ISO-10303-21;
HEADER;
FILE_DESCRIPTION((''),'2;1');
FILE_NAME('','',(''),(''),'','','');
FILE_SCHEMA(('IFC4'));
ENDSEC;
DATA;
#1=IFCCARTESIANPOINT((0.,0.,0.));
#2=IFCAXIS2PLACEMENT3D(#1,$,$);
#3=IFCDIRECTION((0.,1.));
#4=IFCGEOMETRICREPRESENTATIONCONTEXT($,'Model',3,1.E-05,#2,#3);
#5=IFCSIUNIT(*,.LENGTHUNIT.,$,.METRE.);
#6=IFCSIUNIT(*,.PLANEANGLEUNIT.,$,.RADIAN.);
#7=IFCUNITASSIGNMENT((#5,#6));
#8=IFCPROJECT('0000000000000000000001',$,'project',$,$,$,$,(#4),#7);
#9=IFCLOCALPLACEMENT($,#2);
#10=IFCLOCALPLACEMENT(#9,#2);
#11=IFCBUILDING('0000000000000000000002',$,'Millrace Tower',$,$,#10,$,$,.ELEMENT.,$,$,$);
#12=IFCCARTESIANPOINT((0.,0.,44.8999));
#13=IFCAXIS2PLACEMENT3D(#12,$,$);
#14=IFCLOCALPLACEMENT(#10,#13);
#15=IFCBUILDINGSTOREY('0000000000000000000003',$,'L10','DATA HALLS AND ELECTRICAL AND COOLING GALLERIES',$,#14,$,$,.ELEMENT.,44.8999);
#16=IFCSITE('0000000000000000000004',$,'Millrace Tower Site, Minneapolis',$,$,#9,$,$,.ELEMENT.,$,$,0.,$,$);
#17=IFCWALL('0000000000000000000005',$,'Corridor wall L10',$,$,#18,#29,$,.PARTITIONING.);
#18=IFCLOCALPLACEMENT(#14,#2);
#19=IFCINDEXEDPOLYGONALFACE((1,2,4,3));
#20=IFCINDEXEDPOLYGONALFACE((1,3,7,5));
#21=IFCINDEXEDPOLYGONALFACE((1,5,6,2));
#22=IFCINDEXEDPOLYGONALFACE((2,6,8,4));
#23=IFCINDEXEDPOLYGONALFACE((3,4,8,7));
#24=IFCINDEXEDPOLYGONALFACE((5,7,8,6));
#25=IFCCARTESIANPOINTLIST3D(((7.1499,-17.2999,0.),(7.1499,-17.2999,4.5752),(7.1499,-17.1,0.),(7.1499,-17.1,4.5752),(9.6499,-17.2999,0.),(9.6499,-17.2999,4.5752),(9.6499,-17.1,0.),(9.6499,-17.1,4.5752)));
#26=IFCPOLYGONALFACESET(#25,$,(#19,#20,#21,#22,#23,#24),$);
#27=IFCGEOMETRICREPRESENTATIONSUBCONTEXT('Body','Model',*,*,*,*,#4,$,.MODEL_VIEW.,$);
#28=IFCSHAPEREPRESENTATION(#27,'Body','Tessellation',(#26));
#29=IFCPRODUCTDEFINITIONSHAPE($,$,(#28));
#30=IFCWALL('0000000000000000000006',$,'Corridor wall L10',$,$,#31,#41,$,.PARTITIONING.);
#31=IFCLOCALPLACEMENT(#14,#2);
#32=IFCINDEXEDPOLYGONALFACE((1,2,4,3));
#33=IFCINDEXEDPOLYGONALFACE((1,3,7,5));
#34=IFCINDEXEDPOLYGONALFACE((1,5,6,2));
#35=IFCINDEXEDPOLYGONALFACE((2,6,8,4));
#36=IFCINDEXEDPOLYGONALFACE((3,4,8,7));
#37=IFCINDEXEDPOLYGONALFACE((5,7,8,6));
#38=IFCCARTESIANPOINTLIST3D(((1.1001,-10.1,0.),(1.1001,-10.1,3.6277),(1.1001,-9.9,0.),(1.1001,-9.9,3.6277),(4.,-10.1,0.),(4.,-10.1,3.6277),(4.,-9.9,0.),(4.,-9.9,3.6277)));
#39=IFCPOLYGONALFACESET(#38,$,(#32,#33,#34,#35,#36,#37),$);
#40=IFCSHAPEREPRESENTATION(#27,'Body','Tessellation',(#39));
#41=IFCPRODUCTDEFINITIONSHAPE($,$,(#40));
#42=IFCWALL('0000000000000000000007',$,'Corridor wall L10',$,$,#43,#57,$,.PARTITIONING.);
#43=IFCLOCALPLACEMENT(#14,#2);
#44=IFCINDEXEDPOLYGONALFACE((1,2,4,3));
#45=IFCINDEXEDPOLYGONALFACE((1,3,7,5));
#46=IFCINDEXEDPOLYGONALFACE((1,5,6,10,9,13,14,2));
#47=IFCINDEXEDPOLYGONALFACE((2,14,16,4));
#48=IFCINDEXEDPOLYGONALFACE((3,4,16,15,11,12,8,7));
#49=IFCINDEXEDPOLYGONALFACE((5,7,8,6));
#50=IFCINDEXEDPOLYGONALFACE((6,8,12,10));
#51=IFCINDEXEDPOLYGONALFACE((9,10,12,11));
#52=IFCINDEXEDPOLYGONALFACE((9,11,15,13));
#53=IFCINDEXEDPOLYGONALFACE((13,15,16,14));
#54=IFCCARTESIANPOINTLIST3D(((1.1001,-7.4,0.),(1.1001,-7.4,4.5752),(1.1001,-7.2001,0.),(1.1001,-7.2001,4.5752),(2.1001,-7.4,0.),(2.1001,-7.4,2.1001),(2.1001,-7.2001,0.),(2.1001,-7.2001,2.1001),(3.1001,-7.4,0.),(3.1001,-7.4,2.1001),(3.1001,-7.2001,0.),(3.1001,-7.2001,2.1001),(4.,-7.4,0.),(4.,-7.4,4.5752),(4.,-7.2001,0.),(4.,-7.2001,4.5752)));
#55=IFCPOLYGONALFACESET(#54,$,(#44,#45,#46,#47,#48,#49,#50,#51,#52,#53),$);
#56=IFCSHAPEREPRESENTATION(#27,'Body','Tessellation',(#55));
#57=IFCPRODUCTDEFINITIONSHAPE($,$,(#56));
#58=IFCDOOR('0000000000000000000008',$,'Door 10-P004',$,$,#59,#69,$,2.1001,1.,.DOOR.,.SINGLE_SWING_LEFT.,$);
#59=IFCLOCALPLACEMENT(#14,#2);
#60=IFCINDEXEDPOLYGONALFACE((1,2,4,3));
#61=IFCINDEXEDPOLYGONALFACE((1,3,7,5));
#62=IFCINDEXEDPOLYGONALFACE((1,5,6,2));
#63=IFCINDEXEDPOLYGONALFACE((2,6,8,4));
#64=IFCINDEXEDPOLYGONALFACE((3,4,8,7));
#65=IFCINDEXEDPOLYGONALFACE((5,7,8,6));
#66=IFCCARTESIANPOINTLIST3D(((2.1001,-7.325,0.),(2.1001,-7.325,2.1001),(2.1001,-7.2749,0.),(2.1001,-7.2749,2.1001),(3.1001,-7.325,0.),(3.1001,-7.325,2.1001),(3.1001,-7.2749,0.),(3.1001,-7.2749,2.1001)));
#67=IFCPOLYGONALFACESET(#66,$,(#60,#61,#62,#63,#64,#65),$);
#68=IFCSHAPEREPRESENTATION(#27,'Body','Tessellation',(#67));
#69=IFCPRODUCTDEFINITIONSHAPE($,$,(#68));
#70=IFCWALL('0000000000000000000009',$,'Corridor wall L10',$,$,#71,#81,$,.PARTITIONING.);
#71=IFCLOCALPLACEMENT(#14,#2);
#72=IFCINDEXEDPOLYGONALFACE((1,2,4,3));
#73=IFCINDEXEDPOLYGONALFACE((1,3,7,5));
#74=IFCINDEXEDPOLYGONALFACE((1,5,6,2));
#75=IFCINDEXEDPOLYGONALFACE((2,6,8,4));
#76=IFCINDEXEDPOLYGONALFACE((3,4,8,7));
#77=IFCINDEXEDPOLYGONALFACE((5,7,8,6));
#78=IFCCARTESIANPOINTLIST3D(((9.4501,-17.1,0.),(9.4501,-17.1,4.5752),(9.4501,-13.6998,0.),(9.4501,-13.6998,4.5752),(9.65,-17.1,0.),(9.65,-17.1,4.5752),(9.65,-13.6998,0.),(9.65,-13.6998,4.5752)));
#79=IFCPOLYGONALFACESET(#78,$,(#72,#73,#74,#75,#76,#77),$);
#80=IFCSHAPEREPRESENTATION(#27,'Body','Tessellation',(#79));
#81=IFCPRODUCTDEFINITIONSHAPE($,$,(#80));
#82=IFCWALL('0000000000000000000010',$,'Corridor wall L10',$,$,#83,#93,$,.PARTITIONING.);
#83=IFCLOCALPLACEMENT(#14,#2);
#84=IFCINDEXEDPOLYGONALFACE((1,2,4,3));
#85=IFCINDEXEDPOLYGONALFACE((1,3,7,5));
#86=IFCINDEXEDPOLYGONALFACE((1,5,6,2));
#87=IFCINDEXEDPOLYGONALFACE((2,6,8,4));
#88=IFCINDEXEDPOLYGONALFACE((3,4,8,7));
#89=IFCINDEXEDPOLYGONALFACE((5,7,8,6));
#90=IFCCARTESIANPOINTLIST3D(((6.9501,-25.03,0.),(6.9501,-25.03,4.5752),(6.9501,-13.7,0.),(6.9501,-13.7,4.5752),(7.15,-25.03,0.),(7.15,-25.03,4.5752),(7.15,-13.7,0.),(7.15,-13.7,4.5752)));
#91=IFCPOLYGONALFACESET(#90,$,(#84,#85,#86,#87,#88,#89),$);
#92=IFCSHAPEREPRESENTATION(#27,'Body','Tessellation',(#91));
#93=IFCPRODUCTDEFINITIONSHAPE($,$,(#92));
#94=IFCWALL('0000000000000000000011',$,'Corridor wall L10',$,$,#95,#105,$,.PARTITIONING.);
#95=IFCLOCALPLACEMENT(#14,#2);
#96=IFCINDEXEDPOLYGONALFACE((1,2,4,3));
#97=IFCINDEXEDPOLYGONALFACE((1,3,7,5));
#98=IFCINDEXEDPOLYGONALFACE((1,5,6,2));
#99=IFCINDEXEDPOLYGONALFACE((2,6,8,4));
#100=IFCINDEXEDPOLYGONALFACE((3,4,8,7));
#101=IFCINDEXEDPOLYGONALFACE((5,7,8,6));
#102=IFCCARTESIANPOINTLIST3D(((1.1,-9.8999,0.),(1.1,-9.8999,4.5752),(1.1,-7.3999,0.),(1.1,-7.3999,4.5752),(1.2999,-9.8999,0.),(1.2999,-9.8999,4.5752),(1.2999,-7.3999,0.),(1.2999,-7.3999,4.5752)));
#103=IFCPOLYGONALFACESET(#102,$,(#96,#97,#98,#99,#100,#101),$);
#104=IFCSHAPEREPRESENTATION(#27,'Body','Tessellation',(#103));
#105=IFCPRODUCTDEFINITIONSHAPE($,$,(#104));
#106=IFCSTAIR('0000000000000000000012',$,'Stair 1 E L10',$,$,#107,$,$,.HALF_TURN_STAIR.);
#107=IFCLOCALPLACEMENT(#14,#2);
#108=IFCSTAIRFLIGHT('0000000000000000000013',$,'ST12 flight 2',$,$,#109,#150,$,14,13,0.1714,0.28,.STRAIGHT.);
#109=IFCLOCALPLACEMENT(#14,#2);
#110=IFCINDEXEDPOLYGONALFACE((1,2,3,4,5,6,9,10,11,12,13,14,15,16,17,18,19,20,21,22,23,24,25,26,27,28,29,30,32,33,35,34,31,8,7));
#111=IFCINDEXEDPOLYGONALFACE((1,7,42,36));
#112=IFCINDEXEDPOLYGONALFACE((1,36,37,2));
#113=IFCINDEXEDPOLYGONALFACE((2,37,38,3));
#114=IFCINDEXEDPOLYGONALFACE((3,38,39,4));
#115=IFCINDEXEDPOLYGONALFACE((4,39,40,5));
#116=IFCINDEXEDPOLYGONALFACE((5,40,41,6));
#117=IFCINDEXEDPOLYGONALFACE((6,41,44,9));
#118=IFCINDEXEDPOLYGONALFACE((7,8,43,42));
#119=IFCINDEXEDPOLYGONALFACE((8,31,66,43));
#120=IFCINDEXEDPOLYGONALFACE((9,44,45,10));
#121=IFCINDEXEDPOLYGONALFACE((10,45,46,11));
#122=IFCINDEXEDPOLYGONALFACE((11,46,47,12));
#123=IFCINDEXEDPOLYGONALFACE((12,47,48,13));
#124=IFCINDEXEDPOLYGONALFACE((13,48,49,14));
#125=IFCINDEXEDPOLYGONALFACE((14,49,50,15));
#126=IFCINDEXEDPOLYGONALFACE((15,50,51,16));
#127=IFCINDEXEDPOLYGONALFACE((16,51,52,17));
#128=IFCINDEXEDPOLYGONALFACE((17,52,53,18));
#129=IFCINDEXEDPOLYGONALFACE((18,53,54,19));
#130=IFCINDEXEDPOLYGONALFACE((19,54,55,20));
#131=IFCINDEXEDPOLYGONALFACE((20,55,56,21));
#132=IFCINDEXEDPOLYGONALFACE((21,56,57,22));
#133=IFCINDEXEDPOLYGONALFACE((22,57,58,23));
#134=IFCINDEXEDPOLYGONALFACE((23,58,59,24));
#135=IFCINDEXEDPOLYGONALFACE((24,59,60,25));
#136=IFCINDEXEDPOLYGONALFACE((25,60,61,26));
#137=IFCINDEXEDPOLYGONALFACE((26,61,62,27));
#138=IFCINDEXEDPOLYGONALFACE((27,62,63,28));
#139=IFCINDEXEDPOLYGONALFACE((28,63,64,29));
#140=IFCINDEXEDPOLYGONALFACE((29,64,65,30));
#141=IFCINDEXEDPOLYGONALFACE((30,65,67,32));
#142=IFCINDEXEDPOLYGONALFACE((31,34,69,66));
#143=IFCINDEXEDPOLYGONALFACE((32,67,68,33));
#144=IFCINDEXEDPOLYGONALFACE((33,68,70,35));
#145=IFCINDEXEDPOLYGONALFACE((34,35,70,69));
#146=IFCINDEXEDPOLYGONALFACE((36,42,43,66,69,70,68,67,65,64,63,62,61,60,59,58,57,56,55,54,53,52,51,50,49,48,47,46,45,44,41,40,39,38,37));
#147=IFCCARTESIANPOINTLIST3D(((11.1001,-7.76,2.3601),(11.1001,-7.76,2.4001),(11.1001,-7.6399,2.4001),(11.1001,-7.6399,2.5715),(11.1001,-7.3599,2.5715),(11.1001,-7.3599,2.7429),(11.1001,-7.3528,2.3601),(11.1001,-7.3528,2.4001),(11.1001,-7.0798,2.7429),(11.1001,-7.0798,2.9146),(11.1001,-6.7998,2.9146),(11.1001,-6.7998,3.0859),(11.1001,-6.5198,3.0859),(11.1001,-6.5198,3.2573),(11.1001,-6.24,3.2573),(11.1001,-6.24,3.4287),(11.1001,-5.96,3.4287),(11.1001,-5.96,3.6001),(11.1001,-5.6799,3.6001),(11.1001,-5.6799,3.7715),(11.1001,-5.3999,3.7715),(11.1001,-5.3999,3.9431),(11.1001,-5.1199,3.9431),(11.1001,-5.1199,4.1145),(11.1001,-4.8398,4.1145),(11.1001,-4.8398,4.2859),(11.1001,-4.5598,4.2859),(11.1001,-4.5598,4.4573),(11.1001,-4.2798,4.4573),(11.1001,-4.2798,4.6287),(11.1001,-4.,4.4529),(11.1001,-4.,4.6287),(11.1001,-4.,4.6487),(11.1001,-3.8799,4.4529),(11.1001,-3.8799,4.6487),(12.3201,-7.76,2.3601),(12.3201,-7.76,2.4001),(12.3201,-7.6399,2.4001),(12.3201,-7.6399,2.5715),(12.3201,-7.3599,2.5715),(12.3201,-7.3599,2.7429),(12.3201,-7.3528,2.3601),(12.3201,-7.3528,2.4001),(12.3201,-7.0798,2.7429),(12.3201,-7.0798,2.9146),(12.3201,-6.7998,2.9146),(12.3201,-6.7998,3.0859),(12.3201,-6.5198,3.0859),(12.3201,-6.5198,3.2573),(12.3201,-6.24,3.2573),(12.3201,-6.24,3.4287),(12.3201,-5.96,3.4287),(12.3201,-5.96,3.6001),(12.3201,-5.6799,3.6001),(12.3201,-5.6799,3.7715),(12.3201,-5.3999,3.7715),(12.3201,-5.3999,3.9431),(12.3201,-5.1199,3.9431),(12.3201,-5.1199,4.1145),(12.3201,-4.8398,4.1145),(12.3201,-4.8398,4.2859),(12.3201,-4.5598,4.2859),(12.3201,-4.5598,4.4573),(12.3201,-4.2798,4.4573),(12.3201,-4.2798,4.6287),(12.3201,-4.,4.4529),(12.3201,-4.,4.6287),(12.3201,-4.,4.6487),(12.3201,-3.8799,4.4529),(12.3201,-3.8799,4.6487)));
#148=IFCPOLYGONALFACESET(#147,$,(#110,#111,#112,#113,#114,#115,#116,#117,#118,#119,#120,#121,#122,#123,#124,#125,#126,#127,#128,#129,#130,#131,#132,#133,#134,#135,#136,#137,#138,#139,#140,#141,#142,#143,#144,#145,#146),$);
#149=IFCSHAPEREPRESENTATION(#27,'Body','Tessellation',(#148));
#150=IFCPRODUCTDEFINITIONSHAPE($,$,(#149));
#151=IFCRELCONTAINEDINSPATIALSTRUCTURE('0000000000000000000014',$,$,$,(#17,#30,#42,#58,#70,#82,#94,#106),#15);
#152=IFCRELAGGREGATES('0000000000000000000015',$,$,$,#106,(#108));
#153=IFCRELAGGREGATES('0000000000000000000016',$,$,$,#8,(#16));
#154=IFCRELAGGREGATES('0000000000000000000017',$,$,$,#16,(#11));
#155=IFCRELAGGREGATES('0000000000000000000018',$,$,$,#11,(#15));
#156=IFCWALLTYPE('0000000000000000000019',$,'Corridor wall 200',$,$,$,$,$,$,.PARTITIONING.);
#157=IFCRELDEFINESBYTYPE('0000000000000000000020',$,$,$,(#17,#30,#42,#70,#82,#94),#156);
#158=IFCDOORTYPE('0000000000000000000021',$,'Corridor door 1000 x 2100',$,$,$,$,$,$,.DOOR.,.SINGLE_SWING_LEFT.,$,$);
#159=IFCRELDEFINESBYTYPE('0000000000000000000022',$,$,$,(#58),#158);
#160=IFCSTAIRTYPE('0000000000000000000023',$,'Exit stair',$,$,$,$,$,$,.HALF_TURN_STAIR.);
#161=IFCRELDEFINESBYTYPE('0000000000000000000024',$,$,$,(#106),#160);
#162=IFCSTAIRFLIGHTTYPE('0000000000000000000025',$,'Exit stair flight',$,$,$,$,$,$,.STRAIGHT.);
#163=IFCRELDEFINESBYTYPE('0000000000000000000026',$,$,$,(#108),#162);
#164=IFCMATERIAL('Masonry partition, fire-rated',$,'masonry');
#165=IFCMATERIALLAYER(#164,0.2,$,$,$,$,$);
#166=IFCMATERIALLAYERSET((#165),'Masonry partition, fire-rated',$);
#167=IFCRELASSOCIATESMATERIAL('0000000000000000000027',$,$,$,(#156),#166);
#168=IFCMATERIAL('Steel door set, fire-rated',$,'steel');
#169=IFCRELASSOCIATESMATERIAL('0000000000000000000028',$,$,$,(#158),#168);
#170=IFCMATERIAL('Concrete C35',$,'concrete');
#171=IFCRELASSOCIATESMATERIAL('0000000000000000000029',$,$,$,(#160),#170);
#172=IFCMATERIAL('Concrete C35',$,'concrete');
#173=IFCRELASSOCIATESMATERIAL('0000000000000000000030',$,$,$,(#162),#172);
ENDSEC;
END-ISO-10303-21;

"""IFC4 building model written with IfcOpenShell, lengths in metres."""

from ifc_helpers import new_model, si_unit, direction, frame, frame_2d, origin, place, context, subcontext, project, spatial, polyline, rectangle, outline, extrude, material, layer, layer_set, type_object, element, fill, aggregate, save


model = new_model("IFC4")

# Units and contexts
model_context = context("Model", 3, precision=1e-05, world=origin(), true_north=direction((0.0, 1.0)))
body_context = subcontext(model_context, "Body", "Model", "MODEL_VIEW")
ifc_project = project(units=[si_unit("LENGTHUNIT", "METRE"), si_unit("PLANEANGLEUNIT", "RADIAN")], contexts=[model_context])

# Site, building, storey
site_placement = place(None, origin())
site = spatial("IfcSite", under=ifc_project, at=site_placement, Name="Millrace Tower Site, Minneapolis", CompositionType="ELEMENT", RefElevation=0.0)
building_placement = place(site_placement, origin())
building = spatial("IfcBuilding", under=site, at=building_placement, Name="Millrace Tower", CompositionType="ELEMENT")
storey_placement = place(building_placement, frame((0.0, 0.0, 44.8999)))
storey = spatial("IfcBuildingStorey", under=building, at=storey_placement, Name="L10", Description="DATA HALLS AND ELECTRICAL AND COOLING GALLERIES", CompositionType="ELEMENT", Elevation=44.8999)

# Shared definitions
placement = place(storey_placement, origin())

# Walls
ifc_material_1 = material(Name="Masonry partition, fire-rated", Category="masonry")
ifc_layer_1 = layer(ifc_material_1, 0.2)
ifc_layer_set_1 = layer_set([ifc_layer_1], Name="Masonry partition, fire-rated")
wall_type = type_object("IfcWallType", Name="Corridor wall 200", PredefinedType="PARTITIONING", material=ifc_layer_set_1)
wall_1_placement = place(storey_placement, frame((7.1499, -17.2, 0.0), z_axis=(0.0, 0.0, 1.0), x_axis=(1.0, 0.0, 0.0)))
element("IfcWall", 1, at=wall_1_placement, inside=storey, type_object=wall_type, Name="Corridor wall L10", PredefinedType="PARTITIONING", context=body_context, shape_type="SweptSolid", body=[
    extrude(rectangle(XDim=2.5, YDim=0.2, at=frame_2d((1.25, 0.0))), origin(), (0.0, 0.0, 1.0), 4.5752),
])
wall_2_placement = place(storey_placement, frame((1.1001, -10.0, 0.0), z_axis=(0.0, 0.0, 1.0), x_axis=(1.0, 0.0, 0.0)))
element("IfcWall", 2, at=wall_2_placement, inside=storey, type_object=wall_type, Name="Corridor wall L10", PredefinedType="PARTITIONING", context=body_context, shape_type="SweptSolid", body=[
    extrude(rectangle(XDim=2.8999, YDim=0.2, at=frame_2d((1.45, 0.0))), origin(), (0.0, 0.0, 1.0), 3.6277),
])

# Wall, opening, door
wall_3_placement = place(storey_placement, frame((1.1001, -7.3, 0.0), z_axis=(0.0, 0.0, 1.0), x_axis=(1.0, 0.0, 0.0)))
wall_3 = element("IfcWall", 3, at=wall_3_placement, inside=storey, type_object=wall_type, Name="Corridor wall L10", PredefinedType="PARTITIONING", context=body_context, shape_type="SweptSolid", body=[
    extrude(rectangle(XDim=2.8999, YDim=0.2, at=frame_2d((1.45, 0.0))), origin(), (0.0, 0.0, 1.0), 4.5752),
])
opening_placement = place(wall_3_placement, frame((1.0, 0.0, 0.0)))
opening = element("IfcOpeningElement", 4, at=opening_placement, cuts=wall_3, PredefinedType="OPENING", context=body_context, shape_type="SweptSolid", body=[
    extrude(rectangle(XDim=1.0, YDim=2.1001, at=frame_2d((0.5, 1.05))), frame((0.0, 0.1099, 0.0), z_axis=(0.0, -1.0, 0.0), x_axis=(1.0, 0.0, 0.0)), (0.0, 0.0, 1.0), 0.22),
])
ifc_material_2 = material(Name="Steel door set, fire-rated", Category="steel")
door_type = type_object("IfcDoorType", Name="Corridor door 1000 x 2100", OperationType="SINGLE_SWING_LEFT", PredefinedType="DOOR", material=ifc_material_2)
door_placement = place(opening_placement, frame((1.0, 0.0, 0.0), z_axis=(0.0, 0.0, 1.0), x_axis=(-1.0, 0.0, 0.0)))
door = element("IfcDoor", 5, at=door_placement, inside=storey, type_object=door_type, Name="Door 10-P004", OperationType="SINGLE_SWING_LEFT", OverallHeight=2.1001, OverallWidth=1.0, PredefinedType="DOOR", context=body_context, shape_type="SweptSolid", body=[
    extrude(rectangle(XDim=1.0, YDim=2.1001, at=frame_2d((0.5, 1.05))), frame((0.0, 0.0249, 0.0), z_axis=(0.0, -1.0, 0.0), x_axis=(1.0, 0.0, 0.0)), (0.0, 0.0, 1.0), 0.05),
])
fill(opening, door)

# Walls
wall_4_placement = place(storey_placement, frame((9.55, -17.1001, 0.0), z_axis=(0.0, 0.0, 1.0), x_axis=(0.0, 1.0, 0.0)))
element("IfcWall", 6, at=wall_4_placement, inside=storey, type_object=wall_type, Name="Corridor wall L10", PredefinedType="PARTITIONING", context=body_context, shape_type="SweptSolid", body=[
    extrude(rectangle(XDim=3.4001, YDim=0.2, at=frame_2d((1.7002, 0.0))), origin(), (0.0, 0.0, 1.0), 4.5752),
])
wall_5_placement = place(storey_placement, frame((7.05, -25.03, 0.0), z_axis=(0.0, 0.0, 1.0), x_axis=(0.0, 1.0, 0.0)))
element("IfcWall", 7, at=wall_5_placement, inside=storey, type_object=wall_type, Name="Corridor wall L10", PredefinedType="PARTITIONING", context=body_context, shape_type="SweptSolid", body=[
    extrude(rectangle(XDim=11.3301, YDim=0.2, at=frame_2d((5.665, 0.0))), origin(), (0.0, 0.0, 1.0), 4.5752),
])
wall_6_placement = place(storey_placement, frame((1.2, -9.8999, 0.0), z_axis=(0.0, 0.0, 1.0), x_axis=(0.0, 1.0, 0.0)))
element("IfcWall", 8, at=wall_6_placement, inside=storey, type_object=wall_type, Name="Corridor wall L10", PredefinedType="PARTITIONING", context=body_context, shape_type="SweptSolid", body=[
    extrude(rectangle(XDim=2.5, YDim=0.2, at=frame_2d((1.25, 0.0))), origin(), (0.0, 0.0, 1.0), 4.5752),
])

# Stair, stair flight
ifc_material_3 = material(Name="Concrete C35", Category="concrete")
stair_type = type_object("IfcStairType", Name="Exit stair", PredefinedType="HALF_TURN_STAIR", material=ifc_material_3)
stair_1 = element("IfcStair", 9, at=placement, inside=storey, type_object=stair_type, Name="Stair 1 E L10", PredefinedType="HALF_TURN_STAIR")
ifc_material_4 = material(Name="Concrete C35", Category="concrete")
stair_flight_type = type_object("IfcStairFlightType", Name="Exit stair flight", PredefinedType="STRAIGHT", material=ifc_material_4)
stair_flight_1_placement = place(storey_placement, frame((11.71, -7.6399, 2.4001), z_axis=(0.0, 0.0, 1.0), x_axis=(0.0, 1.0, 0.0)))
stair_flight_1 = element("IfcStairFlight", 10, at=stair_flight_1_placement, type_object=stair_flight_type, Name="ST12 flight 2", NumberOfRisers=14, NumberOfTreads=13, PredefinedType="STRAIGHT", RiserHeight=0.1714, TreadLength=0.28, context=body_context, shape_type="SweptSolid", body=[
    extrude(outline(polyline([(-0.1201, -0.04), (-0.1201, 0.0), (0.0, 0.0), (0.0, 0.1714), (0.28, 0.1714), (0.28, 0.3428), (0.5601, 0.3428), (0.5601, 0.5144), (0.8401, 0.5144), (0.8401, 0.6858), (1.1201, 0.6858), (1.1201, 0.8572), (1.3999, 0.8572), (1.3999, 1.0286), (1.6799, 1.0286), (1.6799, 1.2), (1.96, 1.2), (1.96, 1.3713), (2.24, 1.3713), (2.24, 1.543), (2.52, 1.543), (2.52, 1.7144), (2.8, 1.7144), (2.8, 1.8857), (3.0801, 1.8857), (3.0801, 2.0571), (3.3601, 2.0571), (3.3601, 2.2285), (3.6399, 2.2285), (3.6399, 2.2485), (3.76, 2.2485), (3.76, 2.0527), (3.6399, 2.0527), (0.2871, 0.0), (0.2871, -0.04), (-0.1201, -0.04)])), frame((0.0, 0.6099, 0.0), z_axis=(0.0, -1.0, 0.0), x_axis=(1.0, 0.0, 0.0)), (0.0, 0.0, 1.0), 1.22),
])
aggregate(stair_1, [stair_flight_1])

save(model, "model.ifc")
